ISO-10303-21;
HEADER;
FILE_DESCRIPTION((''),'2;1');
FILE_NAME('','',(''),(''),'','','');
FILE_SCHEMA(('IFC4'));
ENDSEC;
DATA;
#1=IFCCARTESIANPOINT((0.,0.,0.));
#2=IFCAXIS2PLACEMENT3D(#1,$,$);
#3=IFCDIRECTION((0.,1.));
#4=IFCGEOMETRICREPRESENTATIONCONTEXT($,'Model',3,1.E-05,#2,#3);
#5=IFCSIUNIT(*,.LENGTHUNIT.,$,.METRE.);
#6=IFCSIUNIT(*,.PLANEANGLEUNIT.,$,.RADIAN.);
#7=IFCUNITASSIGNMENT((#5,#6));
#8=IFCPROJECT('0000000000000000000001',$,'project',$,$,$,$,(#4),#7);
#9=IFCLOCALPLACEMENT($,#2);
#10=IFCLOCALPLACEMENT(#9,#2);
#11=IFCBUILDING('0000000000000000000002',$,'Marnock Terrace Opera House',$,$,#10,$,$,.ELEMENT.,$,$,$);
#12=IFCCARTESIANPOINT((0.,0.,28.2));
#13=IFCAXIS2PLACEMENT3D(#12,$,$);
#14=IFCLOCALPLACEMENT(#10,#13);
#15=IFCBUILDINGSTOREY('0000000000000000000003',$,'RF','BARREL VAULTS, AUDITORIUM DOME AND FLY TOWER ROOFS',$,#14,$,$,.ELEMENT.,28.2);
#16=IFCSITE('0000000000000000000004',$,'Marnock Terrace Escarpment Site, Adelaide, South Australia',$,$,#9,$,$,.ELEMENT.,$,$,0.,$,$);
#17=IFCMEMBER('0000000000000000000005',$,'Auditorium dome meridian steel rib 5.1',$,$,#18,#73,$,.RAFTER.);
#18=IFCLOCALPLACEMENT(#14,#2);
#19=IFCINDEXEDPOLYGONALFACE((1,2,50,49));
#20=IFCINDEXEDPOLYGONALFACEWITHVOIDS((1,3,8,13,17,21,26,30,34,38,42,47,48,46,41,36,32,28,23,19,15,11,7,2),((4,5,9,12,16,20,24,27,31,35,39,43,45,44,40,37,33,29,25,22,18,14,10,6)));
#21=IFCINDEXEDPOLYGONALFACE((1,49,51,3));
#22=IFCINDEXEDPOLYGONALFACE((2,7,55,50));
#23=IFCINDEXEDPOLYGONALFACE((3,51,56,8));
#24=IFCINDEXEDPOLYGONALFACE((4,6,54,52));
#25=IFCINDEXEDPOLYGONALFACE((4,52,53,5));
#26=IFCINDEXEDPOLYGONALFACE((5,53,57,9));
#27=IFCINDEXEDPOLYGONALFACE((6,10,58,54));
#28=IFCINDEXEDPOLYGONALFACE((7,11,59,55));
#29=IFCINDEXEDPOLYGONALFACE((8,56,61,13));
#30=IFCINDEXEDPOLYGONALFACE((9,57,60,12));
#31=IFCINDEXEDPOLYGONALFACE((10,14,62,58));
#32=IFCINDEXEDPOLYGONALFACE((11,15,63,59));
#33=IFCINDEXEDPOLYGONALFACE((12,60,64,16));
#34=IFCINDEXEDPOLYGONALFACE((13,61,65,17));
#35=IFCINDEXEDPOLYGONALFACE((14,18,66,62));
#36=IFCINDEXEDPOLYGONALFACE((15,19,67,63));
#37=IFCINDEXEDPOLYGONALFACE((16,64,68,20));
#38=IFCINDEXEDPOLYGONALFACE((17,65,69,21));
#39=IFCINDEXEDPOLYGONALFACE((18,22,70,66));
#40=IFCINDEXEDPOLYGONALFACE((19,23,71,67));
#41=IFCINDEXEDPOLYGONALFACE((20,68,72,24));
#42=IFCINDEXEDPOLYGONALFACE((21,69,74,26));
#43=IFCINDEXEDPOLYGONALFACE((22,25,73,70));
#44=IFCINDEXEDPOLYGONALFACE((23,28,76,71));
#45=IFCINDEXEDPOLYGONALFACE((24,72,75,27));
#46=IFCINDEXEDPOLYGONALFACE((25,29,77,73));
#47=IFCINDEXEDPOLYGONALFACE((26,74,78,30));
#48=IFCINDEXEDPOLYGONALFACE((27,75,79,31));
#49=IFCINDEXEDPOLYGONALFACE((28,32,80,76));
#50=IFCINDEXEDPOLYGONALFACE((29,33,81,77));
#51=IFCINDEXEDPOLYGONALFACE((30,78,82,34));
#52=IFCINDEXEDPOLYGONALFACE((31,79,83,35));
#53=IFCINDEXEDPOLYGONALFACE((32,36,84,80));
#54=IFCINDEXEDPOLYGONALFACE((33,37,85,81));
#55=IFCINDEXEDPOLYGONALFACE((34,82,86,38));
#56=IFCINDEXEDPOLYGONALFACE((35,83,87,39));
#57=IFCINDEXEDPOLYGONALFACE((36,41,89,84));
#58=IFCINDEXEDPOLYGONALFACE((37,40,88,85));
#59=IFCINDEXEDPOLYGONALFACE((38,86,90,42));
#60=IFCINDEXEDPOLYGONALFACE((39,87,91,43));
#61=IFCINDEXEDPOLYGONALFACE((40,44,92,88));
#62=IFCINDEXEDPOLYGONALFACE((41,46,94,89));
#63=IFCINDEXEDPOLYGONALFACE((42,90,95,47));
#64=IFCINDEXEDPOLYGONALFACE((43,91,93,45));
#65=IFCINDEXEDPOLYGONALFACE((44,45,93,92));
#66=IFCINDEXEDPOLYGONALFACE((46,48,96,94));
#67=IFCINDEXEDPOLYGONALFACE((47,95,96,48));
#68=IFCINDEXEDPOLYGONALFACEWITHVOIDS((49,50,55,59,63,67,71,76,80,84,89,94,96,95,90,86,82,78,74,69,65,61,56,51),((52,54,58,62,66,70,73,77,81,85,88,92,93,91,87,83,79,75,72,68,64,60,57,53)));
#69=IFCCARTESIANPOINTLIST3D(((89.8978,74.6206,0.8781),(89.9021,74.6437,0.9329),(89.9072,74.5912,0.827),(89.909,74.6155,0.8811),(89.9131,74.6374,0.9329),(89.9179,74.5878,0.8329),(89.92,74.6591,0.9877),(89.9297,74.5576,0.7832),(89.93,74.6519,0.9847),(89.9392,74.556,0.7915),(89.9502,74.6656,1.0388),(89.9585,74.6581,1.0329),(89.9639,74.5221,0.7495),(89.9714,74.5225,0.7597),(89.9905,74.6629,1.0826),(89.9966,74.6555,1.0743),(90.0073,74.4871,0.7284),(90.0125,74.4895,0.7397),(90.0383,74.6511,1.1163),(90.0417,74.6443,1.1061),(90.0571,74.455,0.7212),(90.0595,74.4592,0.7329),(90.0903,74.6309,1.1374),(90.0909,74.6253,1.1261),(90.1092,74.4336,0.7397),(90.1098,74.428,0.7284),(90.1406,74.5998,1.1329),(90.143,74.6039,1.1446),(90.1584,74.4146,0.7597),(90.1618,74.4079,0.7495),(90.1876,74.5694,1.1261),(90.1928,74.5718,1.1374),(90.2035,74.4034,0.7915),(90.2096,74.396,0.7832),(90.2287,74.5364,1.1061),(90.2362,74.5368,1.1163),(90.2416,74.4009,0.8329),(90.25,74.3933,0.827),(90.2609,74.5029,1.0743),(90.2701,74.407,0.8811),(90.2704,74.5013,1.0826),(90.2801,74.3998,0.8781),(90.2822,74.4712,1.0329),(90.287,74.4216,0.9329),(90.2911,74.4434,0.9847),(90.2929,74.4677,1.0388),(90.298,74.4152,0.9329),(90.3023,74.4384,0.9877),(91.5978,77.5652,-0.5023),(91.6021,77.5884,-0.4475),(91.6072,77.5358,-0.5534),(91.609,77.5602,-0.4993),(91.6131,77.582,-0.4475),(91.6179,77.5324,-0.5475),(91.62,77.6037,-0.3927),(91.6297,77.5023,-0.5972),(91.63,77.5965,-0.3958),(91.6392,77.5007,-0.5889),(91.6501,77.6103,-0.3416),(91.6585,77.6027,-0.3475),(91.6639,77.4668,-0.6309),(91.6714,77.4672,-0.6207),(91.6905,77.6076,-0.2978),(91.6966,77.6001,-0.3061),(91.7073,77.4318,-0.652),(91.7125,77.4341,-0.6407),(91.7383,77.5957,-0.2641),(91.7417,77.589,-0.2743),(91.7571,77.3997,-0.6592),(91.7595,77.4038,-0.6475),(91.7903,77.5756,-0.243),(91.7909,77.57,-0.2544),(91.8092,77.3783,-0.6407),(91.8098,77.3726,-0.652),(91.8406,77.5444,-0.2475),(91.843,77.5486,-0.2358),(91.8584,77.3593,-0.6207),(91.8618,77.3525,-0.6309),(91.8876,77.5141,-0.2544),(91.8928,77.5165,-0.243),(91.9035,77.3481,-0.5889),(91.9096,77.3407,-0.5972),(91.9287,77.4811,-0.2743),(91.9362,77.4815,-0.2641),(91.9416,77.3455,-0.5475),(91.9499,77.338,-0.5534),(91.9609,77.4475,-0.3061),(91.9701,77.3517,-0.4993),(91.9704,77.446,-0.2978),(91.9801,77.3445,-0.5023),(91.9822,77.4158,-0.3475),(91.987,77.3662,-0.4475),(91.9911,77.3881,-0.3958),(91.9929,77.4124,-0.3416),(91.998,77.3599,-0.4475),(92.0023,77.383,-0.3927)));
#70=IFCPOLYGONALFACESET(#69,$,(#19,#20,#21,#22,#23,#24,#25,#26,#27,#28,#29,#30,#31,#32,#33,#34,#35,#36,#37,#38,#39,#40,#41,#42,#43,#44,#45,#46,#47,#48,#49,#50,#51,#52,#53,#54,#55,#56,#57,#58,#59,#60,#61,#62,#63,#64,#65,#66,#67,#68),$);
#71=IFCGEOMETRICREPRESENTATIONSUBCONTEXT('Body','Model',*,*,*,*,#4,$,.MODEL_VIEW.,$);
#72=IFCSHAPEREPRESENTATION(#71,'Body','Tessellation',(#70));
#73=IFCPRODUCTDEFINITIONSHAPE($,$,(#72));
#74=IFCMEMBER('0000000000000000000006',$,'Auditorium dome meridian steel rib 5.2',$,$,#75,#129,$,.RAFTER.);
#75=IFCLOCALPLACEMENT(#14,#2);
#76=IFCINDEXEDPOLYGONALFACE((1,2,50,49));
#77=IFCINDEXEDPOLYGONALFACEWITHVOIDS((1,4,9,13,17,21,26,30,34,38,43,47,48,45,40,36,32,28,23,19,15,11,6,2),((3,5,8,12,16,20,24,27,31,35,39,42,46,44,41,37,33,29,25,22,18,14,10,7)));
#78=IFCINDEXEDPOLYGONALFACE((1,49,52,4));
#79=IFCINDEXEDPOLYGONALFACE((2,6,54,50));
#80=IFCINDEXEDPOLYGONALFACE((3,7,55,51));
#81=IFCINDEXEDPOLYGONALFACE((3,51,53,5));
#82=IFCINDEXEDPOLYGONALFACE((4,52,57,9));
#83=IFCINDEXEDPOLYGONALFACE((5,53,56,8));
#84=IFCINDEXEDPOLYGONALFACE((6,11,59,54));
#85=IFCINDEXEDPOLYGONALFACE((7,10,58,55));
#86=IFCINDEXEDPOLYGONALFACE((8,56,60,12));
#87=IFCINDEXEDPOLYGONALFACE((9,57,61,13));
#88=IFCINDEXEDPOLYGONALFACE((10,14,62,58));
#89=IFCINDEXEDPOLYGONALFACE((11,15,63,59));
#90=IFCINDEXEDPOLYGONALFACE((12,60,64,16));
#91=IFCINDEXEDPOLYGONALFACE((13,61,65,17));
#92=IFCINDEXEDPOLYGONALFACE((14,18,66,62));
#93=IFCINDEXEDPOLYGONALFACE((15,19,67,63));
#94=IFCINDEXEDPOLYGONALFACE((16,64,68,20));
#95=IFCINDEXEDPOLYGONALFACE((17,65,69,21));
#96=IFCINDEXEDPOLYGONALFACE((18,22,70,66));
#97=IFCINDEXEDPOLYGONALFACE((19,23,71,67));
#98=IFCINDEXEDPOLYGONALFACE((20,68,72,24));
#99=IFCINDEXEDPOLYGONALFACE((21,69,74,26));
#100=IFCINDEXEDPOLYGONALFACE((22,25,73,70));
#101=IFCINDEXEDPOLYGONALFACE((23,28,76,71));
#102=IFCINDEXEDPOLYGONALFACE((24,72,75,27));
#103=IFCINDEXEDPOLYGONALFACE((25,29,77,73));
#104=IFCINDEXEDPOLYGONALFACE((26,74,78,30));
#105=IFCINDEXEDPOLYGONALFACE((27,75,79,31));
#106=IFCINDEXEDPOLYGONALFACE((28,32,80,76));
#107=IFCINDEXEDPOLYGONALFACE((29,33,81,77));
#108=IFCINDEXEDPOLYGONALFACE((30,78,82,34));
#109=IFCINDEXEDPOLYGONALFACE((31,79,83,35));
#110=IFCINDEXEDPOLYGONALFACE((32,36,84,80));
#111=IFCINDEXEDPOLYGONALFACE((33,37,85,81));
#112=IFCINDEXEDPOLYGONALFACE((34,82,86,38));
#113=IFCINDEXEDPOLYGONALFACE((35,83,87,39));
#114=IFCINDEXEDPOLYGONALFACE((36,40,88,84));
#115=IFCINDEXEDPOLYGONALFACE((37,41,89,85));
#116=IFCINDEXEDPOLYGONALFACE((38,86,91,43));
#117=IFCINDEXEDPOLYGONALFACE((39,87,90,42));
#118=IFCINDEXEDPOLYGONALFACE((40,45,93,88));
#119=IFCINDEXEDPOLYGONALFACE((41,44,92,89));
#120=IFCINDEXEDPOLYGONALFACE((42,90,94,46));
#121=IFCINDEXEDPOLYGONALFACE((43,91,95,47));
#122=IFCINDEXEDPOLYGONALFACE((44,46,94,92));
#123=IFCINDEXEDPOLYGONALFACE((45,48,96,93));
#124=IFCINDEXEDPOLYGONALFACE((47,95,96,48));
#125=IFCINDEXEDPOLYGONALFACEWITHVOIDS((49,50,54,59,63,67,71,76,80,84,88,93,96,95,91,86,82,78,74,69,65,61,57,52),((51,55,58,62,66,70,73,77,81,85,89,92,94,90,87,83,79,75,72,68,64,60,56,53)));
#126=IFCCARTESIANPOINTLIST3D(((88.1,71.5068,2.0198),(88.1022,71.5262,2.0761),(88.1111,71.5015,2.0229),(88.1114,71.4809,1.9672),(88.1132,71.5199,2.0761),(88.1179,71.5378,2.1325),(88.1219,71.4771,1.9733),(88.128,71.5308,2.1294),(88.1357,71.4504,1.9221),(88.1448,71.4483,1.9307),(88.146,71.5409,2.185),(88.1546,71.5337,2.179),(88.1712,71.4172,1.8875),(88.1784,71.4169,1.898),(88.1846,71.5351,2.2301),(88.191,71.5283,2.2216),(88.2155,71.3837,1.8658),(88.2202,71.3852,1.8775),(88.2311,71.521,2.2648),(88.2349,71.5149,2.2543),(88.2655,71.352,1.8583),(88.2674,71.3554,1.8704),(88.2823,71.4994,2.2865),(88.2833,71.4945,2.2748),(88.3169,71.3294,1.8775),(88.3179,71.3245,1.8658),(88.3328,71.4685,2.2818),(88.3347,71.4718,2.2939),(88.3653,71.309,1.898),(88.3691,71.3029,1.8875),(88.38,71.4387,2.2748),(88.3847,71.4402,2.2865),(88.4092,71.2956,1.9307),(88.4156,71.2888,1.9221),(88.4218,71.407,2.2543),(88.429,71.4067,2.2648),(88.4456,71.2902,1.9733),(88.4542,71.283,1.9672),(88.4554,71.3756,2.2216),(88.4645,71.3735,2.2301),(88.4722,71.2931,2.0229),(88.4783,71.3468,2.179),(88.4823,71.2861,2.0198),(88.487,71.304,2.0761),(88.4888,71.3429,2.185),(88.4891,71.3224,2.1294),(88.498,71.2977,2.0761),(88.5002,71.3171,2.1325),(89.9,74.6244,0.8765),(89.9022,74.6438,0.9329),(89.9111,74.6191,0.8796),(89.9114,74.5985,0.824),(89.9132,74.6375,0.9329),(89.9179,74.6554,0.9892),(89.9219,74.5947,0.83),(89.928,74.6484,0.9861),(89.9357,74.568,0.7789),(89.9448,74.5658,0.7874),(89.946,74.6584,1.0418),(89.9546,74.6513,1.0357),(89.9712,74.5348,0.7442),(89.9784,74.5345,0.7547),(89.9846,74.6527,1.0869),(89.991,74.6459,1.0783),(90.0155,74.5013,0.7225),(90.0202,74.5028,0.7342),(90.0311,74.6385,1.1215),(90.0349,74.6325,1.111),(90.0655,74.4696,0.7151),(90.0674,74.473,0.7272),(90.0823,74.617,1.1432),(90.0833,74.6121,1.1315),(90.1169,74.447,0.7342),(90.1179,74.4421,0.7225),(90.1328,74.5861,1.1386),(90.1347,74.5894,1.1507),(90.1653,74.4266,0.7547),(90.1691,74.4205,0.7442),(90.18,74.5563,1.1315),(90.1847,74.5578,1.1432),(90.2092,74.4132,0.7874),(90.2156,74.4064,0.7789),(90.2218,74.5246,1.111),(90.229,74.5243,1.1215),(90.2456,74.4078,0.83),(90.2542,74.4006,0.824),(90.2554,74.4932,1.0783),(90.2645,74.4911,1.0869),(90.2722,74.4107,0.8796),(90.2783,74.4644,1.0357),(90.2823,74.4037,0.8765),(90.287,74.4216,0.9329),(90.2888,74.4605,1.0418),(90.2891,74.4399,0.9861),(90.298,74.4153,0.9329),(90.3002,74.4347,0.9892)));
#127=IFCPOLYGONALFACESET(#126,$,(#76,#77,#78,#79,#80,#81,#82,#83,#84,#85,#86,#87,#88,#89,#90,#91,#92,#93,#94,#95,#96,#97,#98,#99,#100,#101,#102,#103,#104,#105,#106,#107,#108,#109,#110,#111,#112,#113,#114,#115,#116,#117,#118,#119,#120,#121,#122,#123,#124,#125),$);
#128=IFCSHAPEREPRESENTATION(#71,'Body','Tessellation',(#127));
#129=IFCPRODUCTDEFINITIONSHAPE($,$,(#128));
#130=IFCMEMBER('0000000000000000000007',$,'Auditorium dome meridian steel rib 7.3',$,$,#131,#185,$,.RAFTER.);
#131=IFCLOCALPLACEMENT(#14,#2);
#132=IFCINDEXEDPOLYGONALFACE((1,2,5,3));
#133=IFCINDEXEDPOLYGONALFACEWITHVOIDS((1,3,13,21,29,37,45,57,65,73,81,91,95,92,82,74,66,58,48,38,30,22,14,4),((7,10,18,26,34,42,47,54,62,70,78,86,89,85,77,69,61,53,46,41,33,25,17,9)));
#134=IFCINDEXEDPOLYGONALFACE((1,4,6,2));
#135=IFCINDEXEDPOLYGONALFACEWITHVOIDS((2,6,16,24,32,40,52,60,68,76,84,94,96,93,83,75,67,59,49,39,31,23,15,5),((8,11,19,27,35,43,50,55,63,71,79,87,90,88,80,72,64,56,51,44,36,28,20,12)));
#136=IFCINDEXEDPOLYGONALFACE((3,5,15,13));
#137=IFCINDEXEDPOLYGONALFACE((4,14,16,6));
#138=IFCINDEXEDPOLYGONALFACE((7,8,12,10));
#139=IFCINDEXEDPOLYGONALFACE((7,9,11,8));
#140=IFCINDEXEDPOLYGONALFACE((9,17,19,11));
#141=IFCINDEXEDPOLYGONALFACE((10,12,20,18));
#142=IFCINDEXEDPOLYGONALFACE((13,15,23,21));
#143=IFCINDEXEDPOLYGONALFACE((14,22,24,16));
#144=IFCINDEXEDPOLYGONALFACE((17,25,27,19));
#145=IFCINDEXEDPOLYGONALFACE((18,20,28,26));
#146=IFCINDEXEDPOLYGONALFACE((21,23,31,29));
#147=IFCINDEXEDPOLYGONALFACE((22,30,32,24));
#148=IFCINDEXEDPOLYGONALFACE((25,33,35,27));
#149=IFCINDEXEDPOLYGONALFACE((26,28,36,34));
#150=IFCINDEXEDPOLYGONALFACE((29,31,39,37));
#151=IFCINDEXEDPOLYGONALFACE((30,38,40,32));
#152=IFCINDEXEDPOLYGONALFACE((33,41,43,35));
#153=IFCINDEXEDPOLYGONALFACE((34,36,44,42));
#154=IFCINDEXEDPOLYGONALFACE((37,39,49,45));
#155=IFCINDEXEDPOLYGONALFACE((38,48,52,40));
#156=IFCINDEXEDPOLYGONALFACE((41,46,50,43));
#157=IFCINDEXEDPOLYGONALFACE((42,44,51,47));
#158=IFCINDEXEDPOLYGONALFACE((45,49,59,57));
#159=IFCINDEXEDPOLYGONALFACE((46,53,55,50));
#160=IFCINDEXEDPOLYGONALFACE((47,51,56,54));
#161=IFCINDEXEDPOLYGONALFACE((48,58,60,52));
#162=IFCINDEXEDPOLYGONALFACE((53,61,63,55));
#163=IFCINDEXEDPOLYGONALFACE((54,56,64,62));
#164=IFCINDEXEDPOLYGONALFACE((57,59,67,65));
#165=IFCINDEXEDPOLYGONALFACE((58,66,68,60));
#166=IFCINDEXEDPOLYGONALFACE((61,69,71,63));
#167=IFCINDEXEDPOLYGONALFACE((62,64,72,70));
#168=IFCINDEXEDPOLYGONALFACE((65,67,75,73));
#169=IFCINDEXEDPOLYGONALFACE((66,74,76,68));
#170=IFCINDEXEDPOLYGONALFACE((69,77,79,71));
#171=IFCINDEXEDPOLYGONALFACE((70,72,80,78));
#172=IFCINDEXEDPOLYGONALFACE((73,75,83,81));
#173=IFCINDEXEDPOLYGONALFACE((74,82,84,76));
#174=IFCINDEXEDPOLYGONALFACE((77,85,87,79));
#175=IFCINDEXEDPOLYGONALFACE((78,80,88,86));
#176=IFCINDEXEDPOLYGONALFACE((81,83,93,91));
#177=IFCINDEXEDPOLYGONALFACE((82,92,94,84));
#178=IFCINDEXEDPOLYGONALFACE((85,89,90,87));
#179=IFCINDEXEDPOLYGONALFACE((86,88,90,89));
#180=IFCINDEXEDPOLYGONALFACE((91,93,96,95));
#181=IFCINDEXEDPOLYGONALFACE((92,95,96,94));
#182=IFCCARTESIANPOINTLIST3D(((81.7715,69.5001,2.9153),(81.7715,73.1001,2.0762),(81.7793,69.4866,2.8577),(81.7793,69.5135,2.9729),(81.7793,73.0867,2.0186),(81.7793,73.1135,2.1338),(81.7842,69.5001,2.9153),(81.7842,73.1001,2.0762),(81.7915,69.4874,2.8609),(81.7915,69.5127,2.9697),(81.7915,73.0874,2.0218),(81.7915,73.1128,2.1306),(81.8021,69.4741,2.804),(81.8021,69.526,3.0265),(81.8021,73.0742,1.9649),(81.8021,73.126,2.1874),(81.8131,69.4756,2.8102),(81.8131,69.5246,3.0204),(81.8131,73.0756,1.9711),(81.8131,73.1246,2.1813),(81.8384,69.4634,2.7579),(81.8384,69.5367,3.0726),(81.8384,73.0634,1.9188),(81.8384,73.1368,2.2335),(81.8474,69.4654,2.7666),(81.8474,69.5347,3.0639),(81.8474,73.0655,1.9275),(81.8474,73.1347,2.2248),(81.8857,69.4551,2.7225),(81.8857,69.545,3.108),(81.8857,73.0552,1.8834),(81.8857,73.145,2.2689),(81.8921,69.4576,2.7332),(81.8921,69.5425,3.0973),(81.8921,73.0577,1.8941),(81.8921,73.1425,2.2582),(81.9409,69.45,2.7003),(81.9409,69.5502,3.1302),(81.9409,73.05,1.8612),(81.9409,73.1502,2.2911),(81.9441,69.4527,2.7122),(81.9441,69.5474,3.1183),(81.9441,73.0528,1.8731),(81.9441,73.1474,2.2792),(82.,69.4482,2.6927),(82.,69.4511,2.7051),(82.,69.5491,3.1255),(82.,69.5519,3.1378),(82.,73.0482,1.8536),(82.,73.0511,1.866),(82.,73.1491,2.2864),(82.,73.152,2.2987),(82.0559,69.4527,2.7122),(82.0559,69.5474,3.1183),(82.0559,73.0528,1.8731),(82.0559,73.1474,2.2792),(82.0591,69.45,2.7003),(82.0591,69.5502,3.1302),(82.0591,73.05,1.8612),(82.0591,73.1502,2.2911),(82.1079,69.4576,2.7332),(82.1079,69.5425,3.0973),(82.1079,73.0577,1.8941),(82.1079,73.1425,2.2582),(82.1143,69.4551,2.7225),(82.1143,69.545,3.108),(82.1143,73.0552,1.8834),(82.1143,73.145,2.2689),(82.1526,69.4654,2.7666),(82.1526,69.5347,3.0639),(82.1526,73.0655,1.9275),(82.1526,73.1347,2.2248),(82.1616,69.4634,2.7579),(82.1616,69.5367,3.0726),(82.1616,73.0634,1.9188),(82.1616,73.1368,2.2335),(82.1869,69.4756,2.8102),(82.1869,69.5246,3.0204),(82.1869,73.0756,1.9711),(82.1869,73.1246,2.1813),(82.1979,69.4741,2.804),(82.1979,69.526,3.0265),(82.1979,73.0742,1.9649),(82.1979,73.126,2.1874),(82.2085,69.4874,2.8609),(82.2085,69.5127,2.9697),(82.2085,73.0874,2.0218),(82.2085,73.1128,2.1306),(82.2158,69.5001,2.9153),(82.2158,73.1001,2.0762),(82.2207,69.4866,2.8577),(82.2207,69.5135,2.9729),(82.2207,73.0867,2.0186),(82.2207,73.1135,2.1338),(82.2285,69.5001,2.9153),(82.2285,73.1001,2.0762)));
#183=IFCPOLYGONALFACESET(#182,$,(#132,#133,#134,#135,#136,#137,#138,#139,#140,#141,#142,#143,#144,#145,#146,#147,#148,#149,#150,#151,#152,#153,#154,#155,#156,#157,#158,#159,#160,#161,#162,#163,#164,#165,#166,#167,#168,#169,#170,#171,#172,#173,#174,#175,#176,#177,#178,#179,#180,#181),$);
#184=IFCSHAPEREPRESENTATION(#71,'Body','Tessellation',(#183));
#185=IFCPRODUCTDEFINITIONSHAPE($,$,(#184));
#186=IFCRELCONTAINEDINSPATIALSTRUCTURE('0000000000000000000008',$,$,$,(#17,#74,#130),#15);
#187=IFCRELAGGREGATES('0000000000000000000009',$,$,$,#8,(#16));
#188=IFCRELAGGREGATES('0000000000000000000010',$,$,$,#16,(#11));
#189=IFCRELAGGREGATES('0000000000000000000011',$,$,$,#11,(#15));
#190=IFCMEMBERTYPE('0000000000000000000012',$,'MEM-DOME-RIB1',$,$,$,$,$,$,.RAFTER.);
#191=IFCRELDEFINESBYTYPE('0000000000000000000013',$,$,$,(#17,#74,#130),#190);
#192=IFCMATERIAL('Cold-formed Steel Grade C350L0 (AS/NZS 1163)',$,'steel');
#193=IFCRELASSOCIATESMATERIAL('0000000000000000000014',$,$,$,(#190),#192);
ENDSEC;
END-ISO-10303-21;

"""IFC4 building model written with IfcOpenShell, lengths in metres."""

from ifc_helpers import new_model, si_unit, direction, frame, origin, origin_2d, place, context, subcontext, project, spatial, hollow_circle, extrude, material, material_profile, profile_set, type_object, element, save


model = new_model("IFC4")

# Units and contexts
model_context = context("Model", 3, precision=1e-05, world=origin(), true_north=direction((0.0, 1.0)))
body_context = subcontext(model_context, "Body", "Model", "MODEL_VIEW")
ifc_project = project(units=[si_unit("LENGTHUNIT", "METRE"), si_unit("PLANEANGLEUNIT", "RADIAN")], contexts=[model_context])

# Site, building, storey
site_placement = place(None, origin())
site = spatial("IfcSite", under=ifc_project, at=site_placement, Name="Marnock Terrace Escarpment Site, Adelaide, South Australia", CompositionType="ELEMENT", RefElevation=0.0)
building_placement = place(site_placement, origin())
building = spatial("IfcBuilding", under=site, at=building_placement, Name="Marnock Terrace Opera House", CompositionType="ELEMENT")
storey_placement = place(building_placement, frame((0.0, 0.0, 28.2)))
storey = spatial("IfcBuildingStorey", under=building, at=storey_placement, Name="RF", Description="BARREL VAULTS, AUDITORIUM DOME AND FLY TOWER ROOFS", CompositionType="ELEMENT", Elevation=28.2)

# Members
ifc_material_1 = material(Name="Cold-formed Steel Grade C350L0 (AS/NZS 1163)", Category="steel")
ifc_material_profile_1 = material_profile(ifc_material_1, hollow_circle(Radius=0.2285, WallThickness=0.0127, at=origin_2d()))
ifc_profile_set_1 = profile_set([ifc_material_profile_1], Name="Cold-formed Steel Grade C350L0 (AS/NZS 1163)")
member_type_1 = type_object("IfcMemberType", Name="MEM-DOME-RIB1", PredefinedType="RAFTER", material=ifc_profile_set_1)
member_1_placement = place(storey_placement, frame((91.8, 77.4741, -0.4475), z_axis=(-0.463255, -0.80243, 0.376166), x_axis=(0.866039, -0.499977, 0.0)))
element("IfcMember", 1, at=member_1_placement, inside=storey, type_object=member_type_1, Name="Auditorium dome meridian steel rib 5.1", PredefinedType="RAFTER", context=body_context, shape_type="SweptSolid", body=[
    extrude(hollow_circle(Radius=0.2285, WallThickness=0.0127, at=origin_2d()), origin(), (0.0, 0.0, 1.0), 3.6697),
])
member_2_placement = place(storey_placement, frame((90.1001, 74.5295, 0.9329), z_axis=(-0.476556, -0.825393, 0.302687), x_axis=(0.866018, -0.500012, 0.0)))
element("IfcMember", 2, at=member_2_placement, inside=storey, type_object=member_type_1, Name="Auditorium dome meridian steel rib 5.2", PredefinedType="RAFTER", context=body_context, shape_type="SweptSolid", body=[
    extrude(hollow_circle(Radius=0.2285, WallThickness=0.0127, at=origin_2d()), origin(), (0.0, 0.0, 1.0), 3.7771),
])
member_3_placement = place(storey_placement, frame((82.0, 73.1001, 2.0762), z_axis=(0.0, -0.973896, 0.226996), x_axis=(1.0, 0.0, 0.0)))
element("IfcMember", 3, at=member_3_placement, inside=storey, type_object=member_type_1, Name="Auditorium dome meridian steel rib 7.3", PredefinedType="RAFTER", context=body_context, shape_type="SweptSolid", body=[
    extrude(hollow_circle(Radius=0.2285, WallThickness=0.0127, at=origin_2d()), origin(), (0.0, 0.0, 1.0), 3.6965),
])

save(model, "model.ifc")
